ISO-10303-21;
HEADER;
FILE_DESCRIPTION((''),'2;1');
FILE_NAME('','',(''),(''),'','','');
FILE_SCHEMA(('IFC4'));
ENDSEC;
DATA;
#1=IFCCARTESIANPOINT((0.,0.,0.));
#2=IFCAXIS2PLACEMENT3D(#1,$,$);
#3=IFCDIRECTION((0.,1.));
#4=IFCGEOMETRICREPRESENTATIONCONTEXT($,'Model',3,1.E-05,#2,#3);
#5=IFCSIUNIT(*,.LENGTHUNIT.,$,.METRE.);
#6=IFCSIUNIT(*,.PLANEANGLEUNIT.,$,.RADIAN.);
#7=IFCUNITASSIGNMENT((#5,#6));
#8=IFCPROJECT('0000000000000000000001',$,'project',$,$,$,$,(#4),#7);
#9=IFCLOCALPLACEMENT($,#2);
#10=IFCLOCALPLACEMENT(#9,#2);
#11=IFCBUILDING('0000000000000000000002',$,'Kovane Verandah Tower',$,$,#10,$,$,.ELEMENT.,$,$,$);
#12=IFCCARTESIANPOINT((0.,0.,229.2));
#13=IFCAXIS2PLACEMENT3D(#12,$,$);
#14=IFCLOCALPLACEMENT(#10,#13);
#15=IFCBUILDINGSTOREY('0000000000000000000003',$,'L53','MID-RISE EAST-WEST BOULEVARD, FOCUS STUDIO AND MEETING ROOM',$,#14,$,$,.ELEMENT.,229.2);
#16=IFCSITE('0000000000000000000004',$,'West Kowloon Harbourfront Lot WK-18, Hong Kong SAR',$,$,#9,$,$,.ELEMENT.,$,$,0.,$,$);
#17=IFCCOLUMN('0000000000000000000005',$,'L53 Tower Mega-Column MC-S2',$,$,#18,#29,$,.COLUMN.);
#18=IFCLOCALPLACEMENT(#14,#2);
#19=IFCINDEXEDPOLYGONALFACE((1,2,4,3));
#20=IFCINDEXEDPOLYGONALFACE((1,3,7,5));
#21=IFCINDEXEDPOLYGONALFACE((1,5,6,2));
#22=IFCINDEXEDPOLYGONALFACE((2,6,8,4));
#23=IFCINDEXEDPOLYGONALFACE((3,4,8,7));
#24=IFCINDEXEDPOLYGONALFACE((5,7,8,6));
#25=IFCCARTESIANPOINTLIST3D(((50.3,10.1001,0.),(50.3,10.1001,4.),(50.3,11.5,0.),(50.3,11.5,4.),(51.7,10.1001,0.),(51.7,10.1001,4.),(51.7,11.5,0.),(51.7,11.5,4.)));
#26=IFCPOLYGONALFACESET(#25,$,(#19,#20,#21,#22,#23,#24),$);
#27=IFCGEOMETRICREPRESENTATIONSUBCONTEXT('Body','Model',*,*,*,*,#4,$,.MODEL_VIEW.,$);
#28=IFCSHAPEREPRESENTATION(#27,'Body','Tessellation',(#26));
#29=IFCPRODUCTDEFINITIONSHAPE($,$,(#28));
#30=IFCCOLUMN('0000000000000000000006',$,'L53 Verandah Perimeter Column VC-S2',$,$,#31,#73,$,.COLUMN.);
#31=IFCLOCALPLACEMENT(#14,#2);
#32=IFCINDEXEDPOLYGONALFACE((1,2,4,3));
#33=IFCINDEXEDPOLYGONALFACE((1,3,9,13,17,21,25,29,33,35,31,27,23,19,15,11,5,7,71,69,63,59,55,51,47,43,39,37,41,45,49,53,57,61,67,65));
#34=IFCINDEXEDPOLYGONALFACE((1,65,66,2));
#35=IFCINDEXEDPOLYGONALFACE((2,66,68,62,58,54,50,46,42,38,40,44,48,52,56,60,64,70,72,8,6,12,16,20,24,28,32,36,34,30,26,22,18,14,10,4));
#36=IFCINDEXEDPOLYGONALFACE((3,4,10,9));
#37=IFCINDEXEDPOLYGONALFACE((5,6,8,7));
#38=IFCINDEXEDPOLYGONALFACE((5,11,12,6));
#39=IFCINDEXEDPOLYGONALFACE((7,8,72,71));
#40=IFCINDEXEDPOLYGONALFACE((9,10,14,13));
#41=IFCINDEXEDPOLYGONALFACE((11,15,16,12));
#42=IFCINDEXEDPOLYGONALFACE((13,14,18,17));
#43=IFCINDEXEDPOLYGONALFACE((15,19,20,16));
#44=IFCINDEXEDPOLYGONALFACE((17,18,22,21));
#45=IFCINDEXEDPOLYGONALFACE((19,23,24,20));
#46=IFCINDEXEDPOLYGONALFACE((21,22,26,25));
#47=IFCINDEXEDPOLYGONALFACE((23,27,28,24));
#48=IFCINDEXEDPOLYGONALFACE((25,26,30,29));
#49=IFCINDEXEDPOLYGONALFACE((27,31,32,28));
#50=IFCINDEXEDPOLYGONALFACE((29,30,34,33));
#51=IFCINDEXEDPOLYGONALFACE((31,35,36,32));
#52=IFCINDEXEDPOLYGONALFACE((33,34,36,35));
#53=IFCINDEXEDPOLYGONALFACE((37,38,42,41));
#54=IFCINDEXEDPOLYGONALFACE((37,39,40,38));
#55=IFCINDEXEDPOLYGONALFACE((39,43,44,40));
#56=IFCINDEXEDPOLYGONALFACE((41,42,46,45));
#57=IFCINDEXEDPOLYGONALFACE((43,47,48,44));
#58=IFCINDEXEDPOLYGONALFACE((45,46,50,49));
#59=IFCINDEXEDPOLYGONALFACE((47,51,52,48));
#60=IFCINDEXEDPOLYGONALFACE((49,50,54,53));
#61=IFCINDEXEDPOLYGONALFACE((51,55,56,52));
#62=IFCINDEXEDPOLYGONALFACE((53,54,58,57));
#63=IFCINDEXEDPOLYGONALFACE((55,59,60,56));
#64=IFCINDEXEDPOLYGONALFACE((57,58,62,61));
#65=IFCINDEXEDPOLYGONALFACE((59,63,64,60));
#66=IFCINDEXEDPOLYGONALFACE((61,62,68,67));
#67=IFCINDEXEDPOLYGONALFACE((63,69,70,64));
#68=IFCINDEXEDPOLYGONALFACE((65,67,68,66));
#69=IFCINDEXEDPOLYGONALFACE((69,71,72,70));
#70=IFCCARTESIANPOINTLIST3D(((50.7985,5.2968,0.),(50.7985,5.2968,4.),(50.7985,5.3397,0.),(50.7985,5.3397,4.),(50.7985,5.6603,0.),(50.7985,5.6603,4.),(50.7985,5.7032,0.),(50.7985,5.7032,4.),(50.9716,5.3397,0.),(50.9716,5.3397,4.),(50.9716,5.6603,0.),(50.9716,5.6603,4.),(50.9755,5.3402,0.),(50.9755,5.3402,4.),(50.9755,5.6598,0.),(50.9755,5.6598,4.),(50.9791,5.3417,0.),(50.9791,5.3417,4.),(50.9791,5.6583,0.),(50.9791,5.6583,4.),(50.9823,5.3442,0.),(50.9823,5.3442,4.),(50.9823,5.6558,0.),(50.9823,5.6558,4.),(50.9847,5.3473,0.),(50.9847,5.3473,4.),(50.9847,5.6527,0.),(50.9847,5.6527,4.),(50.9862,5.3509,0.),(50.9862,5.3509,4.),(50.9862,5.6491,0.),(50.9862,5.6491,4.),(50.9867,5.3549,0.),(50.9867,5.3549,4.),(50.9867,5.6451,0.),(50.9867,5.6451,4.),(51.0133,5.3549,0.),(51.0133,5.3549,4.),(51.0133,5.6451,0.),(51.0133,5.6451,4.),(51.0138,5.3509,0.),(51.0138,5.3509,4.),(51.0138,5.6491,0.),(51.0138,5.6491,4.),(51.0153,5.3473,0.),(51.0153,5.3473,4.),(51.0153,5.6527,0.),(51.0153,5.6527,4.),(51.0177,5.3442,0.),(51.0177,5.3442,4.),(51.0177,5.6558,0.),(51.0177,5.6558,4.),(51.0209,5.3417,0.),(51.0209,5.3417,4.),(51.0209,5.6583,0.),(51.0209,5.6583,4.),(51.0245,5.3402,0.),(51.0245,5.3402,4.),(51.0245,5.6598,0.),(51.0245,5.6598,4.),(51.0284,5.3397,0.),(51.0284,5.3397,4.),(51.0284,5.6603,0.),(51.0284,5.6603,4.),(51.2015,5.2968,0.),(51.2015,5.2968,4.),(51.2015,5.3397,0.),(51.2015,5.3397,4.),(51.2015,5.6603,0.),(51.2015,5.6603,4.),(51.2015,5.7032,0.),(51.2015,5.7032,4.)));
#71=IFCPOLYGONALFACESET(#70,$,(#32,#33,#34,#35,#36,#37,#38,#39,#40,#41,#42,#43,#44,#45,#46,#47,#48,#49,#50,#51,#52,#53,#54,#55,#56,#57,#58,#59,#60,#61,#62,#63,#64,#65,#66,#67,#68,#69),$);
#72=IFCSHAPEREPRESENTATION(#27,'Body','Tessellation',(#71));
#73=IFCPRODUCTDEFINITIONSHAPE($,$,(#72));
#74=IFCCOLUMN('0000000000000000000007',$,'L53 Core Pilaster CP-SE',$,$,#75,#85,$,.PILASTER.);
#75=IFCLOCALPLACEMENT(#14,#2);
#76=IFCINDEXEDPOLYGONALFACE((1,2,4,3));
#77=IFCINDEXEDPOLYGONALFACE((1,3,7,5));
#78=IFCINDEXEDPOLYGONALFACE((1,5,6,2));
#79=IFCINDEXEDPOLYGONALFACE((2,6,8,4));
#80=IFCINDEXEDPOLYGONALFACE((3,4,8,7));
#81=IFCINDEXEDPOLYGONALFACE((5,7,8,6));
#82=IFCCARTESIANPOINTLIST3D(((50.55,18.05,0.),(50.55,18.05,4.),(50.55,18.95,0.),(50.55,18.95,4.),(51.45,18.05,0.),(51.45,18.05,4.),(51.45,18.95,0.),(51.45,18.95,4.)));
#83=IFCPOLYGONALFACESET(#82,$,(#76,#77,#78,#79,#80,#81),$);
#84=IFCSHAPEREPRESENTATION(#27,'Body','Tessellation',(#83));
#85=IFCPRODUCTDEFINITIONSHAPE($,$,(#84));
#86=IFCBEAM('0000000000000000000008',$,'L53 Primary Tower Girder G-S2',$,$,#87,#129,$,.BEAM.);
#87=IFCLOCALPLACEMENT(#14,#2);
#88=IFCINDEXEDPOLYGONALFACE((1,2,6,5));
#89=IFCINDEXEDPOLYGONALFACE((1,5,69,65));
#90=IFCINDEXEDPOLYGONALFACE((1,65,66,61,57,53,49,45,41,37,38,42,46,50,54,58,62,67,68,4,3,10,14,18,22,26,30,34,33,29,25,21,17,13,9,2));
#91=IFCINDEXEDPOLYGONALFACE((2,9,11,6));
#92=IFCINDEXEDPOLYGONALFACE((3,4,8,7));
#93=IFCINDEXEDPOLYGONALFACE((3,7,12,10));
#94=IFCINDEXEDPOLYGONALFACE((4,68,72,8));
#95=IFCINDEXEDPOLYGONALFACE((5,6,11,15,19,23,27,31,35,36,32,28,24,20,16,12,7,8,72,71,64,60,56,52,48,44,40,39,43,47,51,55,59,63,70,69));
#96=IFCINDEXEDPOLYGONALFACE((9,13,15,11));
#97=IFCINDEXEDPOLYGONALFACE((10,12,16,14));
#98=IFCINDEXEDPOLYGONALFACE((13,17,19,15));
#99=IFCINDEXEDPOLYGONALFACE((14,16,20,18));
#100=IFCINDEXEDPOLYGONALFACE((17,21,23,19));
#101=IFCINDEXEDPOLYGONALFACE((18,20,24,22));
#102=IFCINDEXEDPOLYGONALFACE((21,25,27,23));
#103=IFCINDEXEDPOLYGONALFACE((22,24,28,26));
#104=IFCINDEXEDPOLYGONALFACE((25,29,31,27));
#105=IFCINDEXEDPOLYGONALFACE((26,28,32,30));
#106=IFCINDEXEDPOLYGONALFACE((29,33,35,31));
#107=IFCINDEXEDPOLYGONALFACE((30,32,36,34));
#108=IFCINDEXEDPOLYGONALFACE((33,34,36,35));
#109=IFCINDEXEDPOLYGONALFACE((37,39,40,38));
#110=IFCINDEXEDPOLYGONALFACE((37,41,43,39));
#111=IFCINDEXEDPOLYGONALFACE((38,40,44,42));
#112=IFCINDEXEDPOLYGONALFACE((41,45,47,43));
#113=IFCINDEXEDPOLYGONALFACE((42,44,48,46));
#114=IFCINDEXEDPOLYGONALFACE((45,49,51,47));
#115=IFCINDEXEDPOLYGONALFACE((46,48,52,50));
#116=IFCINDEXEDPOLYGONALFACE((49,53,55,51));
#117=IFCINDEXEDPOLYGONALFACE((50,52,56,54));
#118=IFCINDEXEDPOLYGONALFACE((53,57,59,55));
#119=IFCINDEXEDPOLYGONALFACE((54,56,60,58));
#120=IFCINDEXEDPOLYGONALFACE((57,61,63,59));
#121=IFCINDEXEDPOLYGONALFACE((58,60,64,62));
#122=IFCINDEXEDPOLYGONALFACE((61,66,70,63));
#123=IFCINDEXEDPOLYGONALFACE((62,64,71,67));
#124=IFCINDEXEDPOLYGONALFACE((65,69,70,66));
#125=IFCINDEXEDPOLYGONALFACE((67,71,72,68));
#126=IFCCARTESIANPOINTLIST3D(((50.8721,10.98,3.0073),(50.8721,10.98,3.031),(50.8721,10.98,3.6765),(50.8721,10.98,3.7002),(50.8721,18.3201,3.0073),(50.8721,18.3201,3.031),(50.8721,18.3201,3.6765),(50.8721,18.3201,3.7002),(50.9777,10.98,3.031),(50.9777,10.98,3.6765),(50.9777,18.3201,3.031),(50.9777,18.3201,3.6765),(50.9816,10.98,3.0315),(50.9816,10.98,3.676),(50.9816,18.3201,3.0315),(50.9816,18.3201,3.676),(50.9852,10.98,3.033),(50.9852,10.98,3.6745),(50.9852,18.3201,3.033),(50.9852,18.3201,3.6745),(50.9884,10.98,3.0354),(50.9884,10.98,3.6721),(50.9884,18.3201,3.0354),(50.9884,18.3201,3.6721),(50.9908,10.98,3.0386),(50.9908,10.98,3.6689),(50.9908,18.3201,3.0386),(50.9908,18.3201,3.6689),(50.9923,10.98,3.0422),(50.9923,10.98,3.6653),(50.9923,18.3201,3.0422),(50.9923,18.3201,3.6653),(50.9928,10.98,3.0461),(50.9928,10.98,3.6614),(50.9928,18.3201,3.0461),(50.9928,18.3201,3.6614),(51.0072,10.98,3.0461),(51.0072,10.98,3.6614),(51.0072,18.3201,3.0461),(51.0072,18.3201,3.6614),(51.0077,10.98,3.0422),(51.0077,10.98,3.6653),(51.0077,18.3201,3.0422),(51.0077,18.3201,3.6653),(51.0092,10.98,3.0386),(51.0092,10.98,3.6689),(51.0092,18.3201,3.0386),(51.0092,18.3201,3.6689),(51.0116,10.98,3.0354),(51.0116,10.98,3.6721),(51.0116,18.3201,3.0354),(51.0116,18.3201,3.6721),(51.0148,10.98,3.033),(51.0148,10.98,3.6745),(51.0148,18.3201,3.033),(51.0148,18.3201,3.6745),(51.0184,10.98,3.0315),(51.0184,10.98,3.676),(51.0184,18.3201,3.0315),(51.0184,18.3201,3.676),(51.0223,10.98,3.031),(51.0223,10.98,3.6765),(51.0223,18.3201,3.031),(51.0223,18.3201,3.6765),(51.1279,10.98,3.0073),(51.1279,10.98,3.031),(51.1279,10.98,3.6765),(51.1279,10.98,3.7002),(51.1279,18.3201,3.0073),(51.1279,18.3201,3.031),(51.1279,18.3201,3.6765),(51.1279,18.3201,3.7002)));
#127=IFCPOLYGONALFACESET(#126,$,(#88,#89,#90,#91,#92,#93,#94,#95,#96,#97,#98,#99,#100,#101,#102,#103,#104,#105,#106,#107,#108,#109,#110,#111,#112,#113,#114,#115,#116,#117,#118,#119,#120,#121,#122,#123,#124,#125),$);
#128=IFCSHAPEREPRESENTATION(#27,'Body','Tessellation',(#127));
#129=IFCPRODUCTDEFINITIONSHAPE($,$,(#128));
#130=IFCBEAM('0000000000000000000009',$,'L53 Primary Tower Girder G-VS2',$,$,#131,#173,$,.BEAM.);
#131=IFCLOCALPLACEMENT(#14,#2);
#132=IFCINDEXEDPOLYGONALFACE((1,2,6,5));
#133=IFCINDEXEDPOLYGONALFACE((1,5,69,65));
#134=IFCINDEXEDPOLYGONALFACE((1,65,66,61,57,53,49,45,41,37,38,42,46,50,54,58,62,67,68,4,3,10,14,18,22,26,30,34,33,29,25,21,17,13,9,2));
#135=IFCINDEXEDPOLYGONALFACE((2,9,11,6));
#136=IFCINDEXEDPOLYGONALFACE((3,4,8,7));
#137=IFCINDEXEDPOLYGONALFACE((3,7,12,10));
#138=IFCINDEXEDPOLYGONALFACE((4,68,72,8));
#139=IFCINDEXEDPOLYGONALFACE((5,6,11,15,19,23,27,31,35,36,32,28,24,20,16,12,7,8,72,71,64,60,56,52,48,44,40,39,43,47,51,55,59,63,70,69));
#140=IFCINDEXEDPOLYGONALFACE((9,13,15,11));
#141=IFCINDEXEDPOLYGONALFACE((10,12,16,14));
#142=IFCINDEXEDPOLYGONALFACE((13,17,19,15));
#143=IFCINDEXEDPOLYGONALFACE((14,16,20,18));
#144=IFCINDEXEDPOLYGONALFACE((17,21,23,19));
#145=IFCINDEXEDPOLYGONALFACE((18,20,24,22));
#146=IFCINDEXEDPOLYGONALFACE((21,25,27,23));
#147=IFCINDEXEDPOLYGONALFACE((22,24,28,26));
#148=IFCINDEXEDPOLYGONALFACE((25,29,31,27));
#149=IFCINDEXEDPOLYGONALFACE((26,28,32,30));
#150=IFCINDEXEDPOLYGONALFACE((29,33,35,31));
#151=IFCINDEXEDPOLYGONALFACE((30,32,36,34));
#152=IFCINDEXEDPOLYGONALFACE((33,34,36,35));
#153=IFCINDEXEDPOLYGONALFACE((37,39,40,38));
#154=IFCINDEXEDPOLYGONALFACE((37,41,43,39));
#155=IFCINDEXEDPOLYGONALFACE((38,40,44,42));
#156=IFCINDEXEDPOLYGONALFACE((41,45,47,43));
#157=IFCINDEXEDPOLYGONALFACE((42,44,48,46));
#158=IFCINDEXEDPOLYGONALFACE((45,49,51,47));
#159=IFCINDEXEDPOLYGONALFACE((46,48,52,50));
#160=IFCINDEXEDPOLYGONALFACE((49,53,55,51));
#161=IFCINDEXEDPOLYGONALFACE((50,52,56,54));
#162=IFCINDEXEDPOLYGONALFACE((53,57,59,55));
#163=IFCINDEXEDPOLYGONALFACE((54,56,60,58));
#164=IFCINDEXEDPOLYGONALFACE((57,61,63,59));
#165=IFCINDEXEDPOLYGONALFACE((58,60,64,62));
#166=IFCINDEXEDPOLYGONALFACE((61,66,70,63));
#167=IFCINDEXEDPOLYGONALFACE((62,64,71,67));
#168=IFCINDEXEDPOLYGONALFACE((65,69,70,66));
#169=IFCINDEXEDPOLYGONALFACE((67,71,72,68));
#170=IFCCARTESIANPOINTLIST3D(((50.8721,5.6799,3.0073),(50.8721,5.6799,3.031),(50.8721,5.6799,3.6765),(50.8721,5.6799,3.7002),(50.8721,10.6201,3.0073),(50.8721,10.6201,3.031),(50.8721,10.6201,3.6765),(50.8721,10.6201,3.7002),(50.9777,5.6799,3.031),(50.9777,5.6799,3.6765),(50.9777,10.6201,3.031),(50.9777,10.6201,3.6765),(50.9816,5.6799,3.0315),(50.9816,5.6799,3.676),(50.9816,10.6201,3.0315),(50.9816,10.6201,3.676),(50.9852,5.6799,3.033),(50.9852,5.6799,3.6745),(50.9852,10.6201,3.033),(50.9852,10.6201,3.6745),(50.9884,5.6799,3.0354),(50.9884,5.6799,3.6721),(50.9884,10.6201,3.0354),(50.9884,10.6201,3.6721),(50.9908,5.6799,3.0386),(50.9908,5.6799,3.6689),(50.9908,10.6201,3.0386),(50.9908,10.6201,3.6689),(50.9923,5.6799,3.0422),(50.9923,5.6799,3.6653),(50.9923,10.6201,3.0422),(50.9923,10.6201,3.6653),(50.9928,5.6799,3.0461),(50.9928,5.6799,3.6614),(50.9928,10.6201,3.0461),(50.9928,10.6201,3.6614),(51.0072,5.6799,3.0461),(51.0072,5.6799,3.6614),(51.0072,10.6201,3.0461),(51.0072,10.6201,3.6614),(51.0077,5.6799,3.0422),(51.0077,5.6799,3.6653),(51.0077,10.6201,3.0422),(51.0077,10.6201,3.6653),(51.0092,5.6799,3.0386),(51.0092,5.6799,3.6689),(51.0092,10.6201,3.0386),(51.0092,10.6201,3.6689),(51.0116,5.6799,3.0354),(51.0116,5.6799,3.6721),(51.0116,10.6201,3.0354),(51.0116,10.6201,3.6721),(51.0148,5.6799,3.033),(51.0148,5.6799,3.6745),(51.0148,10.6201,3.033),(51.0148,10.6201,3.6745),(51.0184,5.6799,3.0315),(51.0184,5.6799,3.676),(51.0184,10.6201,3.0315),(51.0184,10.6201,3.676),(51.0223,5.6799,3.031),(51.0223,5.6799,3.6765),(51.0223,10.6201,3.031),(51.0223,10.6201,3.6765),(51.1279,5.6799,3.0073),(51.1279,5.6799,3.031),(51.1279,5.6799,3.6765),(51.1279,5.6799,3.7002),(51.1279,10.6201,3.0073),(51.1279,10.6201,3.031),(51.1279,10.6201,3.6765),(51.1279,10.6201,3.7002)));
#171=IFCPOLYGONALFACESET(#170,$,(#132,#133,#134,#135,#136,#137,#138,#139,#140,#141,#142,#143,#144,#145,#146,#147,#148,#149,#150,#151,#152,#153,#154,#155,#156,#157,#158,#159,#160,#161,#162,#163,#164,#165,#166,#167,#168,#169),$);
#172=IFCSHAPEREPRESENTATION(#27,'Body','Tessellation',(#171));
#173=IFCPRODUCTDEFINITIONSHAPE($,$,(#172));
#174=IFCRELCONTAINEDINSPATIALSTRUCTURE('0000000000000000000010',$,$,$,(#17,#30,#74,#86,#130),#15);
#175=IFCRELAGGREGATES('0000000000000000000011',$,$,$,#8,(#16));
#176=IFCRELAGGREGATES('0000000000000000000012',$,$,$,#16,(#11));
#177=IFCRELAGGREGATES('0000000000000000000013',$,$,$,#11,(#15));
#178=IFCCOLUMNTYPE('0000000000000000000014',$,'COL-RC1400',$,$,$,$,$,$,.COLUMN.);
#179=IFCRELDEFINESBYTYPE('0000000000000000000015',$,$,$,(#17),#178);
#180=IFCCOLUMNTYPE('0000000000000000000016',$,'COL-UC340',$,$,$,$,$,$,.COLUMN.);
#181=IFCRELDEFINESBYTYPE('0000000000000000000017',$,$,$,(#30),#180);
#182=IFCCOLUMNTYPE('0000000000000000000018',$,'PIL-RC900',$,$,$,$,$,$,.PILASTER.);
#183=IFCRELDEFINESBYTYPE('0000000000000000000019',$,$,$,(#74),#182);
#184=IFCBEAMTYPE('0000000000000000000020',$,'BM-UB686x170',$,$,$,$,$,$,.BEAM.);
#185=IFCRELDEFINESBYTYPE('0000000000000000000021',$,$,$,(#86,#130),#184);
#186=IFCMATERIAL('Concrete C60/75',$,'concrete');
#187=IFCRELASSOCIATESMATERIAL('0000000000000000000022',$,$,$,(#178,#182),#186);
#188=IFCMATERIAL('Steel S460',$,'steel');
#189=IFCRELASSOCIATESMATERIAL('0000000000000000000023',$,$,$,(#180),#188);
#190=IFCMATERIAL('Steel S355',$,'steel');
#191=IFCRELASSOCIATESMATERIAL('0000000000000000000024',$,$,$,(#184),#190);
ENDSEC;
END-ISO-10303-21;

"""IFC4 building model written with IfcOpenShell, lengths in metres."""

from ifc_helpers import new_model, si_unit, direction, frame, origin, origin_2d, place, context, subcontext, project, spatial, rectangle, i_section, extrude, material, material_profile, profile_set, type_object, element, save


model = new_model("IFC4")

# Units and contexts
model_context = context("Model", 3, precision=1e-05, world=origin(), true_north=direction((0.0, 1.0)))
body_context = subcontext(model_context, "Body", "Model", "MODEL_VIEW")
ifc_project = project(units=[si_unit("LENGTHUNIT", "METRE"), si_unit("PLANEANGLEUNIT", "RADIAN")], contexts=[model_context])

# Site, building, storey
site_placement = place(None, origin())
site = spatial("IfcSite", under=ifc_project, at=site_placement, Name="West Kowloon Harbourfront Lot WK-18, Hong Kong SAR", CompositionType="ELEMENT", RefElevation=0.0)
building_placement = place(site_placement, origin())
building = spatial("IfcBuilding", under=site, at=building_placement, Name="Kovane Verandah Tower", CompositionType="ELEMENT")
storey_placement = place(building_placement, frame((0.0, 0.0, 229.2)))
storey = spatial("IfcBuildingStorey", under=building, at=storey_placement, Name="L53", Description="MID-RISE EAST-WEST BOULEVARD, FOCUS STUDIO AND MEETING ROOM", CompositionType="ELEMENT", Elevation=229.2)

# Columns
ifc_material_1 = material(Name="Concrete C60/75", Category="concrete")
ifc_material_profile_1 = material_profile(ifc_material_1, rectangle(XDim=1.3999, YDim=1.3999, at=origin_2d()), Name="RC1400x1400")
ifc_profile_set_1 = profile_set([ifc_material_profile_1], Name="Concrete C60/75")
column_type_1 = type_object("IfcColumnType", Name="COL-RC1400", PredefinedType="COLUMN", material=ifc_profile_set_1)
column_1_placement = place(storey_placement, frame((51.0, 10.8, 0.0), z_axis=(0.0, 0.0, 1.0), x_axis=(1.0, 0.0, 0.0)))
element("IfcColumn", 1, at=column_1_placement, inside=storey, type_object=column_type_1, Name="L53 Tower Mega-Column MC-S2", PredefinedType="COLUMN", context=body_context, shape_type="SweptSolid", body=[
    extrude(rectangle(XDim=1.3999, YDim=1.3999, at=origin_2d()), origin(), (0.0, 0.0, 1.0), 4.0),
])
ifc_material_2 = material(Name="Steel S460", Category="steel")
ifc_material_profile_2 = material_profile(ifc_material_2, i_section(OverallWidth=0.4031, OverallDepth=0.4065, WebThickness=0.0266, FlangeThickness=0.043, FilletRadius=0.0151, at=origin_2d()), Name="UC356x406x340")
ifc_profile_set_2 = profile_set([ifc_material_profile_2], Name="Steel S460")
column_type_2 = type_object("IfcColumnType", Name="COL-UC340", PredefinedType="COLUMN", material=ifc_profile_set_2)
column_2_placement = place(storey_placement, frame((51.0, 5.5, 0.0), z_axis=(0.0, 0.0, 1.0), x_axis=(1.0, 0.0, 0.0)))
element("IfcColumn", 2, at=column_2_placement, inside=storey, type_object=column_type_2, Name="L53 Verandah Perimeter Column VC-S2", PredefinedType="COLUMN", context=body_context, shape_type="SweptSolid", body=[
    extrude(i_section(OverallWidth=0.4031, OverallDepth=0.4065, WebThickness=0.0266, FlangeThickness=0.043, FilletRadius=0.0151, at=origin_2d()), origin(), (0.0, 0.0, 1.0), 4.0),
])
ifc_material_profile_3 = material_profile(ifc_material_1, rectangle(XDim=0.8999, YDim=0.8999, at=origin_2d()), Name="RC900x900")
ifc_profile_set_3 = profile_set([ifc_material_profile_3], Name="Concrete C60/75")
column_type_3 = type_object("IfcColumnType", Name="PIL-RC900", PredefinedType="PILASTER", material=ifc_profile_set_3)
column_3_placement = place(storey_placement, frame((51.0, 18.5, 0.0), z_axis=(0.0, 0.0, 1.0), x_axis=(1.0, 0.0, 0.0)))
element("IfcColumn", 3, at=column_3_placement, inside=storey, type_object=column_type_3, Name="L53 Core Pilaster CP-SE", PredefinedType="PILASTER", context=body_context, shape_type="SweptSolid", body=[
    extrude(rectangle(XDim=0.8999, YDim=0.8999, at=origin_2d()), origin(), (0.0, 0.0, 1.0), 4.0),
])

# Beams
ifc_material_3 = material(Name="Steel S355", Category="steel")
ifc_material_profile_4 = material_profile(ifc_material_3, i_section(OverallWidth=0.2559, OverallDepth=0.6929, WebThickness=0.0144, FlangeThickness=0.0237, FilletRadius=0.0151, at=origin_2d()), Name="UB686x254x170")
ifc_profile_set_4 = profile_set([ifc_material_profile_4], Name="Steel S355")
beam_type_1 = type_object("IfcBeamType", Name="BM-UB686x170", PredefinedType="BEAM", material=ifc_profile_set_4)
beam_1_placement = place(storey_placement, frame((51.0, 18.3201, 3.3538), z_axis=(0.0, -1.0, 0.0), x_axis=(1.0, 0.0, 0.0)))
element("IfcBeam", 4, at=beam_1_placement, inside=storey, type_object=beam_type_1, Name="L53 Primary Tower Girder G-S2", PredefinedType="BEAM", context=body_context, shape_type="SweptSolid", body=[
    extrude(i_section(OverallWidth=0.2559, OverallDepth=0.6929, WebThickness=0.0144, FlangeThickness=0.0237, FilletRadius=0.0151, at=origin_2d()), origin(), (0.0, 0.0, 1.0), 7.3401),
])
beam_2_placement = place(storey_placement, frame((51.0, 10.6201, 3.3538), z_axis=(0.0, -1.0, 0.0), x_axis=(1.0, 0.0, 0.0)))
element("IfcBeam", 5, at=beam_2_placement, inside=storey, type_object=beam_type_1, Name="L53 Primary Tower Girder G-VS2", PredefinedType="BEAM", context=body_context, shape_type="SweptSolid", body=[
    extrude(i_section(OverallWidth=0.2559, OverallDepth=0.6929, WebThickness=0.0144, FlangeThickness=0.0237, FilletRadius=0.0151, at=origin_2d()), origin(), (0.0, 0.0, 1.0), 4.9402),
])

save(model, "model.ifc")
